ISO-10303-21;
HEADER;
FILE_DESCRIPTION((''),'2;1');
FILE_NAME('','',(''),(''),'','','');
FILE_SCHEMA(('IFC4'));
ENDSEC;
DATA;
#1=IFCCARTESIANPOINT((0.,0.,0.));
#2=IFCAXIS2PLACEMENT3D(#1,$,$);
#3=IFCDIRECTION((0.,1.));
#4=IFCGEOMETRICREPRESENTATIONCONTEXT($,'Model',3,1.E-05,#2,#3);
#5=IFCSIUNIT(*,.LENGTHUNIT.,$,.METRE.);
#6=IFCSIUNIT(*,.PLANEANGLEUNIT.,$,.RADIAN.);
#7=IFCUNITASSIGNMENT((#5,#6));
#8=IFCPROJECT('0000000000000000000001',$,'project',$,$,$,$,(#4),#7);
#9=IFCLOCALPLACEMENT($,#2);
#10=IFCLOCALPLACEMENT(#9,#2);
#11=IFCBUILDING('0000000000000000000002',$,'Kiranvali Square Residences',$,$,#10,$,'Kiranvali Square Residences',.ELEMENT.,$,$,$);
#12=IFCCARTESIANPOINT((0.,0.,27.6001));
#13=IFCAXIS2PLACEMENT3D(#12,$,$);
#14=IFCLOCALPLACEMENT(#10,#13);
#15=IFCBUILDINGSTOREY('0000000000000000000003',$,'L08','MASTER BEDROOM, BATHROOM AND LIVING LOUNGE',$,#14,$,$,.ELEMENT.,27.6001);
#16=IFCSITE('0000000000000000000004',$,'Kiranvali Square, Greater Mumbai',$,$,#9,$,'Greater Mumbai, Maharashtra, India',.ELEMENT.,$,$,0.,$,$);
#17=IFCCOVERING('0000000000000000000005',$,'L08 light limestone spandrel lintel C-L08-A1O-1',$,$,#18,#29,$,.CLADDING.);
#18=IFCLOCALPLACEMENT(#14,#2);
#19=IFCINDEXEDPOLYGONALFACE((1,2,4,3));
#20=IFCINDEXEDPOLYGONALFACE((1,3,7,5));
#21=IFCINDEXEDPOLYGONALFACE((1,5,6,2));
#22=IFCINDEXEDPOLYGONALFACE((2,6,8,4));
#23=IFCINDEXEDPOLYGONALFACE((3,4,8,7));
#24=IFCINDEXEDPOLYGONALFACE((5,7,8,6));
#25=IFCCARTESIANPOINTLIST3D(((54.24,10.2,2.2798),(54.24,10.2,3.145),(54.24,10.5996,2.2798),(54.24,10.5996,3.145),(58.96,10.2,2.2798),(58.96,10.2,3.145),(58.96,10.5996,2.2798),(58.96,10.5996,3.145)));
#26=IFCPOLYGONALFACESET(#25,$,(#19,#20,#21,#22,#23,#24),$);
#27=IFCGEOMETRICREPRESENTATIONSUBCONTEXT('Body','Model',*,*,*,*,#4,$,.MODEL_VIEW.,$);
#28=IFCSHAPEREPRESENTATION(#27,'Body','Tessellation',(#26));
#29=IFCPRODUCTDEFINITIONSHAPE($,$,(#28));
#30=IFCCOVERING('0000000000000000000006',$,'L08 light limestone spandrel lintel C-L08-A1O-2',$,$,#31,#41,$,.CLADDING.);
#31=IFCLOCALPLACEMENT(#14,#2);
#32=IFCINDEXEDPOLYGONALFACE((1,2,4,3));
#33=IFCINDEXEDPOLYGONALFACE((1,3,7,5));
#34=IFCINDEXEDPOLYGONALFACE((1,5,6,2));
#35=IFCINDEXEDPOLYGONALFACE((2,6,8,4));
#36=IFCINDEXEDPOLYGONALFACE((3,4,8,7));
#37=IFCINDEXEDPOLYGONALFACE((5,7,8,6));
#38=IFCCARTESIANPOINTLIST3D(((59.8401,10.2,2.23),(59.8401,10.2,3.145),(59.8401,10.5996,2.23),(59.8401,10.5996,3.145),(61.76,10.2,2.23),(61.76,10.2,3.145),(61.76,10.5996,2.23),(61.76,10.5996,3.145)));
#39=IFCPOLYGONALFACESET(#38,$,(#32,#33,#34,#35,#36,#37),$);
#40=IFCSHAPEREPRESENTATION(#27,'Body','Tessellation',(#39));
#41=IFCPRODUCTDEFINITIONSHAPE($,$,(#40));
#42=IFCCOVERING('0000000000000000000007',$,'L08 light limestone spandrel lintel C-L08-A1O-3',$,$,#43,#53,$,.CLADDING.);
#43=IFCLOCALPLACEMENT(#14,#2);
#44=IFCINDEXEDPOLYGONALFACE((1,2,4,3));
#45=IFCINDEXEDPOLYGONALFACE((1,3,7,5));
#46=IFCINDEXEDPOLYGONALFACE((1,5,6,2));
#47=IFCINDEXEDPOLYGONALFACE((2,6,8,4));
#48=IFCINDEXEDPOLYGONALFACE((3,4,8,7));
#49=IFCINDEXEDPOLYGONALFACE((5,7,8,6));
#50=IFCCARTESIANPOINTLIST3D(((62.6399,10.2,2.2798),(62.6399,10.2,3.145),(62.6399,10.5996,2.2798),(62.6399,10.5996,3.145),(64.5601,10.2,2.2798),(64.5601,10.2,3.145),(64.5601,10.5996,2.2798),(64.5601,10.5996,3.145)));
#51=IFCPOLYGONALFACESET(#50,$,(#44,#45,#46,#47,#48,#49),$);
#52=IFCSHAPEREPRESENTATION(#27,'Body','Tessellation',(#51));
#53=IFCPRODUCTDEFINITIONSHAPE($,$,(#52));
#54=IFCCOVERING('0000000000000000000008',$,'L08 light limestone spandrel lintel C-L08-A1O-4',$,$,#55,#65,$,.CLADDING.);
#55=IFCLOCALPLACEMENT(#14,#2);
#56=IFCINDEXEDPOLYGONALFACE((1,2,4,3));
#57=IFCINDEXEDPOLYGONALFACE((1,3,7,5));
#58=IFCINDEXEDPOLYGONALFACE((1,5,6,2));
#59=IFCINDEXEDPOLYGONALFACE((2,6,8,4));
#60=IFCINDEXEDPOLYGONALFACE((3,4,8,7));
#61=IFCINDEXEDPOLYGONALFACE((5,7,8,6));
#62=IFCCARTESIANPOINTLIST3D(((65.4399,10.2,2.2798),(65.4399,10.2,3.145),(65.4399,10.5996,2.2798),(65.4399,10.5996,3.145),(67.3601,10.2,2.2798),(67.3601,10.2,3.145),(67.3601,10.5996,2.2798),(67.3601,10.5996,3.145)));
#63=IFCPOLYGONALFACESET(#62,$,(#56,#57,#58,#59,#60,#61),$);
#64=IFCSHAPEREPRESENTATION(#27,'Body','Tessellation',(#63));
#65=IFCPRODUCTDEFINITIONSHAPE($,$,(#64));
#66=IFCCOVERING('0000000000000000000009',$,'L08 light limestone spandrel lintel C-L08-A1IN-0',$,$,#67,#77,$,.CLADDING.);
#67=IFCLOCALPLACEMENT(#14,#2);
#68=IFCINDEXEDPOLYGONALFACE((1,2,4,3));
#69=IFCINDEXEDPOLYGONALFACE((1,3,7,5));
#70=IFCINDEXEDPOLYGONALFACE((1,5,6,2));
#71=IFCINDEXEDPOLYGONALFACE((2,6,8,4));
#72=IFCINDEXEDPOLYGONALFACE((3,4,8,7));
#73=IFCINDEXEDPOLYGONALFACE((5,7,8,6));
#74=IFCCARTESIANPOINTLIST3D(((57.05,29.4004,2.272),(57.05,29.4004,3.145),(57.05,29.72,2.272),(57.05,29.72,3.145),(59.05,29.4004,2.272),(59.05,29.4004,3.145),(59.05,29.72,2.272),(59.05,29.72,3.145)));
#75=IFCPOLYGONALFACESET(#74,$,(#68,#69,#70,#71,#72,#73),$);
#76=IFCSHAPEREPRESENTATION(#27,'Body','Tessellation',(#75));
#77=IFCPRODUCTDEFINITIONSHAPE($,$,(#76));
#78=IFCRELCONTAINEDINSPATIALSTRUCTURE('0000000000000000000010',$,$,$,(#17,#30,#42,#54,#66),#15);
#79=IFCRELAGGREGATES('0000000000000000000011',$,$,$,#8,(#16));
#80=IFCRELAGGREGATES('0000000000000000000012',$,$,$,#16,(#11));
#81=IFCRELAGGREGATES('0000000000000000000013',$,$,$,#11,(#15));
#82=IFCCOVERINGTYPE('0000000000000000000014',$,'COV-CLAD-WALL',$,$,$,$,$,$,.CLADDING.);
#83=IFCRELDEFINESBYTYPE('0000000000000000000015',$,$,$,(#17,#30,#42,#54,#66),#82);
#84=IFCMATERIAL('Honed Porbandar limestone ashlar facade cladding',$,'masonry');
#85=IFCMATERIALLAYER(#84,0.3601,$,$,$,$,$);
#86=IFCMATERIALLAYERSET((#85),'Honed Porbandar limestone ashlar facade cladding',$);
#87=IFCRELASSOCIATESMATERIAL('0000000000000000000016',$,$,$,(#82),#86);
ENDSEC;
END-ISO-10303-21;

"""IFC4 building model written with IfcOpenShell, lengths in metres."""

from ifc_helpers import new_model, si_unit, direction, frame, origin, place, context, subcontext, project, spatial, polyline, outline, extrude, material, layer, layer_set, type_object, element, save


model = new_model("IFC4")

# Units and contexts
model_context = context("Model", 3, precision=1e-05, world=origin(), true_north=direction((0.0, 1.0)))
body_context = subcontext(model_context, "Body", "Model", "MODEL_VIEW")
ifc_project = project(units=[si_unit("LENGTHUNIT", "METRE"), si_unit("PLANEANGLEUNIT", "RADIAN")], contexts=[model_context])

# Site, building, storey
site_placement = place(None, origin())
site = spatial("IfcSite", under=ifc_project, at=site_placement, Name="Kiranvali Square, Greater Mumbai", LongName="Greater Mumbai, Maharashtra, India", CompositionType="ELEMENT", RefElevation=0.0)
building_placement = place(site_placement, origin())
building = spatial("IfcBuilding", under=site, at=building_placement, Name="Kiranvali Square Residences", LongName="Kiranvali Square Residences", CompositionType="ELEMENT")
storey_placement = place(building_placement, frame((0.0, 0.0, 27.6001)))
storey = spatial("IfcBuildingStorey", under=building, at=storey_placement, Name="L08", Description="MASTER BEDROOM, BATHROOM AND LIVING LOUNGE", CompositionType="ELEMENT", Elevation=27.6001)

# Coverings
ifc_material = material(Name="Honed Porbandar limestone ashlar facade cladding", Category="masonry")
ifc_layer_1 = layer(ifc_material, 0.3601)
ifc_layer_set_1 = layer_set([ifc_layer_1], Name="Honed Porbandar limestone ashlar facade cladding")
covering_type_1 = type_object("IfcCoveringType", Name="COV-CLAD-WALL", PredefinedType="CLADDING", material=ifc_layer_set_1)
covering_1_placement = place(storey_placement, frame((0.0, 0.0, 2.2798)))
element("IfcCovering", 1, at=covering_1_placement, inside=storey, type_object=covering_type_1, Name="L08 light limestone spandrel lintel C-L08-A1O-1", PredefinedType="CLADDING", context=body_context, shape_type="SweptSolid", body=[
    extrude(outline(polyline([(54.24, 10.2), (58.96, 10.2), (58.96, 10.5996), (54.24, 10.5996), (54.24, 10.2)])), origin(), (0.0, 0.0, 1.0), 0.8652),
])
covering_2_placement = place(storey_placement, frame((0.0, 0.0, 2.23)))
element("IfcCovering", 2, at=covering_2_placement, inside=storey, type_object=covering_type_1, Name="L08 light limestone spandrel lintel C-L08-A1O-2", PredefinedType="CLADDING", context=body_context, shape_type="SweptSolid", body=[
    extrude(outline(polyline([(59.8401, 10.2), (61.76, 10.2), (61.76, 10.5996), (59.8401, 10.5996), (59.8401, 10.2)])), origin(), (0.0, 0.0, 1.0), 0.915),
])
covering_3_placement = place(storey_placement, frame((0.0, 0.0, 2.2798)))
element("IfcCovering", 3, at=covering_3_placement, inside=storey, type_object=covering_type_1, Name="L08 light limestone spandrel lintel C-L08-A1O-3", PredefinedType="CLADDING", context=body_context, shape_type="SweptSolid", body=[
    extrude(outline(polyline([(62.6399, 10.2), (64.5601, 10.2), (64.5601, 10.5996), (62.6399, 10.5996), (62.6399, 10.2)])), origin(), (0.0, 0.0, 1.0), 0.8652),
])
covering_4_placement = place(storey_placement, frame((0.0, 0.0, 2.2798)))
element("IfcCovering", 4, at=covering_4_placement, inside=storey, type_object=covering_type_1, Name="L08 light limestone spandrel lintel C-L08-A1O-4", PredefinedType="CLADDING", context=body_context, shape_type="SweptSolid", body=[
    extrude(outline(polyline([(65.4399, 10.2), (67.3601, 10.2), (67.3601, 10.5996), (65.4399, 10.5996), (65.4399, 10.2)])), origin(), (0.0, 0.0, 1.0), 0.8652),
])
covering_5_placement = place(storey_placement, frame((0.0, 0.0, 2.272)))
element("IfcCovering", 5, at=covering_5_placement, inside=storey, type_object=covering_type_1, Name="L08 light limestone spandrel lintel C-L08-A1IN-0", PredefinedType="CLADDING", context=body_context, shape_type="SweptSolid", body=[
    extrude(outline(polyline([(57.05, 29.4004), (59.05, 29.4004), (59.05, 29.72), (57.05, 29.72), (57.05, 29.4004)])), origin(), (0.0, 0.0, 1.0), 0.873),
])

save(model, "model.ifc")
